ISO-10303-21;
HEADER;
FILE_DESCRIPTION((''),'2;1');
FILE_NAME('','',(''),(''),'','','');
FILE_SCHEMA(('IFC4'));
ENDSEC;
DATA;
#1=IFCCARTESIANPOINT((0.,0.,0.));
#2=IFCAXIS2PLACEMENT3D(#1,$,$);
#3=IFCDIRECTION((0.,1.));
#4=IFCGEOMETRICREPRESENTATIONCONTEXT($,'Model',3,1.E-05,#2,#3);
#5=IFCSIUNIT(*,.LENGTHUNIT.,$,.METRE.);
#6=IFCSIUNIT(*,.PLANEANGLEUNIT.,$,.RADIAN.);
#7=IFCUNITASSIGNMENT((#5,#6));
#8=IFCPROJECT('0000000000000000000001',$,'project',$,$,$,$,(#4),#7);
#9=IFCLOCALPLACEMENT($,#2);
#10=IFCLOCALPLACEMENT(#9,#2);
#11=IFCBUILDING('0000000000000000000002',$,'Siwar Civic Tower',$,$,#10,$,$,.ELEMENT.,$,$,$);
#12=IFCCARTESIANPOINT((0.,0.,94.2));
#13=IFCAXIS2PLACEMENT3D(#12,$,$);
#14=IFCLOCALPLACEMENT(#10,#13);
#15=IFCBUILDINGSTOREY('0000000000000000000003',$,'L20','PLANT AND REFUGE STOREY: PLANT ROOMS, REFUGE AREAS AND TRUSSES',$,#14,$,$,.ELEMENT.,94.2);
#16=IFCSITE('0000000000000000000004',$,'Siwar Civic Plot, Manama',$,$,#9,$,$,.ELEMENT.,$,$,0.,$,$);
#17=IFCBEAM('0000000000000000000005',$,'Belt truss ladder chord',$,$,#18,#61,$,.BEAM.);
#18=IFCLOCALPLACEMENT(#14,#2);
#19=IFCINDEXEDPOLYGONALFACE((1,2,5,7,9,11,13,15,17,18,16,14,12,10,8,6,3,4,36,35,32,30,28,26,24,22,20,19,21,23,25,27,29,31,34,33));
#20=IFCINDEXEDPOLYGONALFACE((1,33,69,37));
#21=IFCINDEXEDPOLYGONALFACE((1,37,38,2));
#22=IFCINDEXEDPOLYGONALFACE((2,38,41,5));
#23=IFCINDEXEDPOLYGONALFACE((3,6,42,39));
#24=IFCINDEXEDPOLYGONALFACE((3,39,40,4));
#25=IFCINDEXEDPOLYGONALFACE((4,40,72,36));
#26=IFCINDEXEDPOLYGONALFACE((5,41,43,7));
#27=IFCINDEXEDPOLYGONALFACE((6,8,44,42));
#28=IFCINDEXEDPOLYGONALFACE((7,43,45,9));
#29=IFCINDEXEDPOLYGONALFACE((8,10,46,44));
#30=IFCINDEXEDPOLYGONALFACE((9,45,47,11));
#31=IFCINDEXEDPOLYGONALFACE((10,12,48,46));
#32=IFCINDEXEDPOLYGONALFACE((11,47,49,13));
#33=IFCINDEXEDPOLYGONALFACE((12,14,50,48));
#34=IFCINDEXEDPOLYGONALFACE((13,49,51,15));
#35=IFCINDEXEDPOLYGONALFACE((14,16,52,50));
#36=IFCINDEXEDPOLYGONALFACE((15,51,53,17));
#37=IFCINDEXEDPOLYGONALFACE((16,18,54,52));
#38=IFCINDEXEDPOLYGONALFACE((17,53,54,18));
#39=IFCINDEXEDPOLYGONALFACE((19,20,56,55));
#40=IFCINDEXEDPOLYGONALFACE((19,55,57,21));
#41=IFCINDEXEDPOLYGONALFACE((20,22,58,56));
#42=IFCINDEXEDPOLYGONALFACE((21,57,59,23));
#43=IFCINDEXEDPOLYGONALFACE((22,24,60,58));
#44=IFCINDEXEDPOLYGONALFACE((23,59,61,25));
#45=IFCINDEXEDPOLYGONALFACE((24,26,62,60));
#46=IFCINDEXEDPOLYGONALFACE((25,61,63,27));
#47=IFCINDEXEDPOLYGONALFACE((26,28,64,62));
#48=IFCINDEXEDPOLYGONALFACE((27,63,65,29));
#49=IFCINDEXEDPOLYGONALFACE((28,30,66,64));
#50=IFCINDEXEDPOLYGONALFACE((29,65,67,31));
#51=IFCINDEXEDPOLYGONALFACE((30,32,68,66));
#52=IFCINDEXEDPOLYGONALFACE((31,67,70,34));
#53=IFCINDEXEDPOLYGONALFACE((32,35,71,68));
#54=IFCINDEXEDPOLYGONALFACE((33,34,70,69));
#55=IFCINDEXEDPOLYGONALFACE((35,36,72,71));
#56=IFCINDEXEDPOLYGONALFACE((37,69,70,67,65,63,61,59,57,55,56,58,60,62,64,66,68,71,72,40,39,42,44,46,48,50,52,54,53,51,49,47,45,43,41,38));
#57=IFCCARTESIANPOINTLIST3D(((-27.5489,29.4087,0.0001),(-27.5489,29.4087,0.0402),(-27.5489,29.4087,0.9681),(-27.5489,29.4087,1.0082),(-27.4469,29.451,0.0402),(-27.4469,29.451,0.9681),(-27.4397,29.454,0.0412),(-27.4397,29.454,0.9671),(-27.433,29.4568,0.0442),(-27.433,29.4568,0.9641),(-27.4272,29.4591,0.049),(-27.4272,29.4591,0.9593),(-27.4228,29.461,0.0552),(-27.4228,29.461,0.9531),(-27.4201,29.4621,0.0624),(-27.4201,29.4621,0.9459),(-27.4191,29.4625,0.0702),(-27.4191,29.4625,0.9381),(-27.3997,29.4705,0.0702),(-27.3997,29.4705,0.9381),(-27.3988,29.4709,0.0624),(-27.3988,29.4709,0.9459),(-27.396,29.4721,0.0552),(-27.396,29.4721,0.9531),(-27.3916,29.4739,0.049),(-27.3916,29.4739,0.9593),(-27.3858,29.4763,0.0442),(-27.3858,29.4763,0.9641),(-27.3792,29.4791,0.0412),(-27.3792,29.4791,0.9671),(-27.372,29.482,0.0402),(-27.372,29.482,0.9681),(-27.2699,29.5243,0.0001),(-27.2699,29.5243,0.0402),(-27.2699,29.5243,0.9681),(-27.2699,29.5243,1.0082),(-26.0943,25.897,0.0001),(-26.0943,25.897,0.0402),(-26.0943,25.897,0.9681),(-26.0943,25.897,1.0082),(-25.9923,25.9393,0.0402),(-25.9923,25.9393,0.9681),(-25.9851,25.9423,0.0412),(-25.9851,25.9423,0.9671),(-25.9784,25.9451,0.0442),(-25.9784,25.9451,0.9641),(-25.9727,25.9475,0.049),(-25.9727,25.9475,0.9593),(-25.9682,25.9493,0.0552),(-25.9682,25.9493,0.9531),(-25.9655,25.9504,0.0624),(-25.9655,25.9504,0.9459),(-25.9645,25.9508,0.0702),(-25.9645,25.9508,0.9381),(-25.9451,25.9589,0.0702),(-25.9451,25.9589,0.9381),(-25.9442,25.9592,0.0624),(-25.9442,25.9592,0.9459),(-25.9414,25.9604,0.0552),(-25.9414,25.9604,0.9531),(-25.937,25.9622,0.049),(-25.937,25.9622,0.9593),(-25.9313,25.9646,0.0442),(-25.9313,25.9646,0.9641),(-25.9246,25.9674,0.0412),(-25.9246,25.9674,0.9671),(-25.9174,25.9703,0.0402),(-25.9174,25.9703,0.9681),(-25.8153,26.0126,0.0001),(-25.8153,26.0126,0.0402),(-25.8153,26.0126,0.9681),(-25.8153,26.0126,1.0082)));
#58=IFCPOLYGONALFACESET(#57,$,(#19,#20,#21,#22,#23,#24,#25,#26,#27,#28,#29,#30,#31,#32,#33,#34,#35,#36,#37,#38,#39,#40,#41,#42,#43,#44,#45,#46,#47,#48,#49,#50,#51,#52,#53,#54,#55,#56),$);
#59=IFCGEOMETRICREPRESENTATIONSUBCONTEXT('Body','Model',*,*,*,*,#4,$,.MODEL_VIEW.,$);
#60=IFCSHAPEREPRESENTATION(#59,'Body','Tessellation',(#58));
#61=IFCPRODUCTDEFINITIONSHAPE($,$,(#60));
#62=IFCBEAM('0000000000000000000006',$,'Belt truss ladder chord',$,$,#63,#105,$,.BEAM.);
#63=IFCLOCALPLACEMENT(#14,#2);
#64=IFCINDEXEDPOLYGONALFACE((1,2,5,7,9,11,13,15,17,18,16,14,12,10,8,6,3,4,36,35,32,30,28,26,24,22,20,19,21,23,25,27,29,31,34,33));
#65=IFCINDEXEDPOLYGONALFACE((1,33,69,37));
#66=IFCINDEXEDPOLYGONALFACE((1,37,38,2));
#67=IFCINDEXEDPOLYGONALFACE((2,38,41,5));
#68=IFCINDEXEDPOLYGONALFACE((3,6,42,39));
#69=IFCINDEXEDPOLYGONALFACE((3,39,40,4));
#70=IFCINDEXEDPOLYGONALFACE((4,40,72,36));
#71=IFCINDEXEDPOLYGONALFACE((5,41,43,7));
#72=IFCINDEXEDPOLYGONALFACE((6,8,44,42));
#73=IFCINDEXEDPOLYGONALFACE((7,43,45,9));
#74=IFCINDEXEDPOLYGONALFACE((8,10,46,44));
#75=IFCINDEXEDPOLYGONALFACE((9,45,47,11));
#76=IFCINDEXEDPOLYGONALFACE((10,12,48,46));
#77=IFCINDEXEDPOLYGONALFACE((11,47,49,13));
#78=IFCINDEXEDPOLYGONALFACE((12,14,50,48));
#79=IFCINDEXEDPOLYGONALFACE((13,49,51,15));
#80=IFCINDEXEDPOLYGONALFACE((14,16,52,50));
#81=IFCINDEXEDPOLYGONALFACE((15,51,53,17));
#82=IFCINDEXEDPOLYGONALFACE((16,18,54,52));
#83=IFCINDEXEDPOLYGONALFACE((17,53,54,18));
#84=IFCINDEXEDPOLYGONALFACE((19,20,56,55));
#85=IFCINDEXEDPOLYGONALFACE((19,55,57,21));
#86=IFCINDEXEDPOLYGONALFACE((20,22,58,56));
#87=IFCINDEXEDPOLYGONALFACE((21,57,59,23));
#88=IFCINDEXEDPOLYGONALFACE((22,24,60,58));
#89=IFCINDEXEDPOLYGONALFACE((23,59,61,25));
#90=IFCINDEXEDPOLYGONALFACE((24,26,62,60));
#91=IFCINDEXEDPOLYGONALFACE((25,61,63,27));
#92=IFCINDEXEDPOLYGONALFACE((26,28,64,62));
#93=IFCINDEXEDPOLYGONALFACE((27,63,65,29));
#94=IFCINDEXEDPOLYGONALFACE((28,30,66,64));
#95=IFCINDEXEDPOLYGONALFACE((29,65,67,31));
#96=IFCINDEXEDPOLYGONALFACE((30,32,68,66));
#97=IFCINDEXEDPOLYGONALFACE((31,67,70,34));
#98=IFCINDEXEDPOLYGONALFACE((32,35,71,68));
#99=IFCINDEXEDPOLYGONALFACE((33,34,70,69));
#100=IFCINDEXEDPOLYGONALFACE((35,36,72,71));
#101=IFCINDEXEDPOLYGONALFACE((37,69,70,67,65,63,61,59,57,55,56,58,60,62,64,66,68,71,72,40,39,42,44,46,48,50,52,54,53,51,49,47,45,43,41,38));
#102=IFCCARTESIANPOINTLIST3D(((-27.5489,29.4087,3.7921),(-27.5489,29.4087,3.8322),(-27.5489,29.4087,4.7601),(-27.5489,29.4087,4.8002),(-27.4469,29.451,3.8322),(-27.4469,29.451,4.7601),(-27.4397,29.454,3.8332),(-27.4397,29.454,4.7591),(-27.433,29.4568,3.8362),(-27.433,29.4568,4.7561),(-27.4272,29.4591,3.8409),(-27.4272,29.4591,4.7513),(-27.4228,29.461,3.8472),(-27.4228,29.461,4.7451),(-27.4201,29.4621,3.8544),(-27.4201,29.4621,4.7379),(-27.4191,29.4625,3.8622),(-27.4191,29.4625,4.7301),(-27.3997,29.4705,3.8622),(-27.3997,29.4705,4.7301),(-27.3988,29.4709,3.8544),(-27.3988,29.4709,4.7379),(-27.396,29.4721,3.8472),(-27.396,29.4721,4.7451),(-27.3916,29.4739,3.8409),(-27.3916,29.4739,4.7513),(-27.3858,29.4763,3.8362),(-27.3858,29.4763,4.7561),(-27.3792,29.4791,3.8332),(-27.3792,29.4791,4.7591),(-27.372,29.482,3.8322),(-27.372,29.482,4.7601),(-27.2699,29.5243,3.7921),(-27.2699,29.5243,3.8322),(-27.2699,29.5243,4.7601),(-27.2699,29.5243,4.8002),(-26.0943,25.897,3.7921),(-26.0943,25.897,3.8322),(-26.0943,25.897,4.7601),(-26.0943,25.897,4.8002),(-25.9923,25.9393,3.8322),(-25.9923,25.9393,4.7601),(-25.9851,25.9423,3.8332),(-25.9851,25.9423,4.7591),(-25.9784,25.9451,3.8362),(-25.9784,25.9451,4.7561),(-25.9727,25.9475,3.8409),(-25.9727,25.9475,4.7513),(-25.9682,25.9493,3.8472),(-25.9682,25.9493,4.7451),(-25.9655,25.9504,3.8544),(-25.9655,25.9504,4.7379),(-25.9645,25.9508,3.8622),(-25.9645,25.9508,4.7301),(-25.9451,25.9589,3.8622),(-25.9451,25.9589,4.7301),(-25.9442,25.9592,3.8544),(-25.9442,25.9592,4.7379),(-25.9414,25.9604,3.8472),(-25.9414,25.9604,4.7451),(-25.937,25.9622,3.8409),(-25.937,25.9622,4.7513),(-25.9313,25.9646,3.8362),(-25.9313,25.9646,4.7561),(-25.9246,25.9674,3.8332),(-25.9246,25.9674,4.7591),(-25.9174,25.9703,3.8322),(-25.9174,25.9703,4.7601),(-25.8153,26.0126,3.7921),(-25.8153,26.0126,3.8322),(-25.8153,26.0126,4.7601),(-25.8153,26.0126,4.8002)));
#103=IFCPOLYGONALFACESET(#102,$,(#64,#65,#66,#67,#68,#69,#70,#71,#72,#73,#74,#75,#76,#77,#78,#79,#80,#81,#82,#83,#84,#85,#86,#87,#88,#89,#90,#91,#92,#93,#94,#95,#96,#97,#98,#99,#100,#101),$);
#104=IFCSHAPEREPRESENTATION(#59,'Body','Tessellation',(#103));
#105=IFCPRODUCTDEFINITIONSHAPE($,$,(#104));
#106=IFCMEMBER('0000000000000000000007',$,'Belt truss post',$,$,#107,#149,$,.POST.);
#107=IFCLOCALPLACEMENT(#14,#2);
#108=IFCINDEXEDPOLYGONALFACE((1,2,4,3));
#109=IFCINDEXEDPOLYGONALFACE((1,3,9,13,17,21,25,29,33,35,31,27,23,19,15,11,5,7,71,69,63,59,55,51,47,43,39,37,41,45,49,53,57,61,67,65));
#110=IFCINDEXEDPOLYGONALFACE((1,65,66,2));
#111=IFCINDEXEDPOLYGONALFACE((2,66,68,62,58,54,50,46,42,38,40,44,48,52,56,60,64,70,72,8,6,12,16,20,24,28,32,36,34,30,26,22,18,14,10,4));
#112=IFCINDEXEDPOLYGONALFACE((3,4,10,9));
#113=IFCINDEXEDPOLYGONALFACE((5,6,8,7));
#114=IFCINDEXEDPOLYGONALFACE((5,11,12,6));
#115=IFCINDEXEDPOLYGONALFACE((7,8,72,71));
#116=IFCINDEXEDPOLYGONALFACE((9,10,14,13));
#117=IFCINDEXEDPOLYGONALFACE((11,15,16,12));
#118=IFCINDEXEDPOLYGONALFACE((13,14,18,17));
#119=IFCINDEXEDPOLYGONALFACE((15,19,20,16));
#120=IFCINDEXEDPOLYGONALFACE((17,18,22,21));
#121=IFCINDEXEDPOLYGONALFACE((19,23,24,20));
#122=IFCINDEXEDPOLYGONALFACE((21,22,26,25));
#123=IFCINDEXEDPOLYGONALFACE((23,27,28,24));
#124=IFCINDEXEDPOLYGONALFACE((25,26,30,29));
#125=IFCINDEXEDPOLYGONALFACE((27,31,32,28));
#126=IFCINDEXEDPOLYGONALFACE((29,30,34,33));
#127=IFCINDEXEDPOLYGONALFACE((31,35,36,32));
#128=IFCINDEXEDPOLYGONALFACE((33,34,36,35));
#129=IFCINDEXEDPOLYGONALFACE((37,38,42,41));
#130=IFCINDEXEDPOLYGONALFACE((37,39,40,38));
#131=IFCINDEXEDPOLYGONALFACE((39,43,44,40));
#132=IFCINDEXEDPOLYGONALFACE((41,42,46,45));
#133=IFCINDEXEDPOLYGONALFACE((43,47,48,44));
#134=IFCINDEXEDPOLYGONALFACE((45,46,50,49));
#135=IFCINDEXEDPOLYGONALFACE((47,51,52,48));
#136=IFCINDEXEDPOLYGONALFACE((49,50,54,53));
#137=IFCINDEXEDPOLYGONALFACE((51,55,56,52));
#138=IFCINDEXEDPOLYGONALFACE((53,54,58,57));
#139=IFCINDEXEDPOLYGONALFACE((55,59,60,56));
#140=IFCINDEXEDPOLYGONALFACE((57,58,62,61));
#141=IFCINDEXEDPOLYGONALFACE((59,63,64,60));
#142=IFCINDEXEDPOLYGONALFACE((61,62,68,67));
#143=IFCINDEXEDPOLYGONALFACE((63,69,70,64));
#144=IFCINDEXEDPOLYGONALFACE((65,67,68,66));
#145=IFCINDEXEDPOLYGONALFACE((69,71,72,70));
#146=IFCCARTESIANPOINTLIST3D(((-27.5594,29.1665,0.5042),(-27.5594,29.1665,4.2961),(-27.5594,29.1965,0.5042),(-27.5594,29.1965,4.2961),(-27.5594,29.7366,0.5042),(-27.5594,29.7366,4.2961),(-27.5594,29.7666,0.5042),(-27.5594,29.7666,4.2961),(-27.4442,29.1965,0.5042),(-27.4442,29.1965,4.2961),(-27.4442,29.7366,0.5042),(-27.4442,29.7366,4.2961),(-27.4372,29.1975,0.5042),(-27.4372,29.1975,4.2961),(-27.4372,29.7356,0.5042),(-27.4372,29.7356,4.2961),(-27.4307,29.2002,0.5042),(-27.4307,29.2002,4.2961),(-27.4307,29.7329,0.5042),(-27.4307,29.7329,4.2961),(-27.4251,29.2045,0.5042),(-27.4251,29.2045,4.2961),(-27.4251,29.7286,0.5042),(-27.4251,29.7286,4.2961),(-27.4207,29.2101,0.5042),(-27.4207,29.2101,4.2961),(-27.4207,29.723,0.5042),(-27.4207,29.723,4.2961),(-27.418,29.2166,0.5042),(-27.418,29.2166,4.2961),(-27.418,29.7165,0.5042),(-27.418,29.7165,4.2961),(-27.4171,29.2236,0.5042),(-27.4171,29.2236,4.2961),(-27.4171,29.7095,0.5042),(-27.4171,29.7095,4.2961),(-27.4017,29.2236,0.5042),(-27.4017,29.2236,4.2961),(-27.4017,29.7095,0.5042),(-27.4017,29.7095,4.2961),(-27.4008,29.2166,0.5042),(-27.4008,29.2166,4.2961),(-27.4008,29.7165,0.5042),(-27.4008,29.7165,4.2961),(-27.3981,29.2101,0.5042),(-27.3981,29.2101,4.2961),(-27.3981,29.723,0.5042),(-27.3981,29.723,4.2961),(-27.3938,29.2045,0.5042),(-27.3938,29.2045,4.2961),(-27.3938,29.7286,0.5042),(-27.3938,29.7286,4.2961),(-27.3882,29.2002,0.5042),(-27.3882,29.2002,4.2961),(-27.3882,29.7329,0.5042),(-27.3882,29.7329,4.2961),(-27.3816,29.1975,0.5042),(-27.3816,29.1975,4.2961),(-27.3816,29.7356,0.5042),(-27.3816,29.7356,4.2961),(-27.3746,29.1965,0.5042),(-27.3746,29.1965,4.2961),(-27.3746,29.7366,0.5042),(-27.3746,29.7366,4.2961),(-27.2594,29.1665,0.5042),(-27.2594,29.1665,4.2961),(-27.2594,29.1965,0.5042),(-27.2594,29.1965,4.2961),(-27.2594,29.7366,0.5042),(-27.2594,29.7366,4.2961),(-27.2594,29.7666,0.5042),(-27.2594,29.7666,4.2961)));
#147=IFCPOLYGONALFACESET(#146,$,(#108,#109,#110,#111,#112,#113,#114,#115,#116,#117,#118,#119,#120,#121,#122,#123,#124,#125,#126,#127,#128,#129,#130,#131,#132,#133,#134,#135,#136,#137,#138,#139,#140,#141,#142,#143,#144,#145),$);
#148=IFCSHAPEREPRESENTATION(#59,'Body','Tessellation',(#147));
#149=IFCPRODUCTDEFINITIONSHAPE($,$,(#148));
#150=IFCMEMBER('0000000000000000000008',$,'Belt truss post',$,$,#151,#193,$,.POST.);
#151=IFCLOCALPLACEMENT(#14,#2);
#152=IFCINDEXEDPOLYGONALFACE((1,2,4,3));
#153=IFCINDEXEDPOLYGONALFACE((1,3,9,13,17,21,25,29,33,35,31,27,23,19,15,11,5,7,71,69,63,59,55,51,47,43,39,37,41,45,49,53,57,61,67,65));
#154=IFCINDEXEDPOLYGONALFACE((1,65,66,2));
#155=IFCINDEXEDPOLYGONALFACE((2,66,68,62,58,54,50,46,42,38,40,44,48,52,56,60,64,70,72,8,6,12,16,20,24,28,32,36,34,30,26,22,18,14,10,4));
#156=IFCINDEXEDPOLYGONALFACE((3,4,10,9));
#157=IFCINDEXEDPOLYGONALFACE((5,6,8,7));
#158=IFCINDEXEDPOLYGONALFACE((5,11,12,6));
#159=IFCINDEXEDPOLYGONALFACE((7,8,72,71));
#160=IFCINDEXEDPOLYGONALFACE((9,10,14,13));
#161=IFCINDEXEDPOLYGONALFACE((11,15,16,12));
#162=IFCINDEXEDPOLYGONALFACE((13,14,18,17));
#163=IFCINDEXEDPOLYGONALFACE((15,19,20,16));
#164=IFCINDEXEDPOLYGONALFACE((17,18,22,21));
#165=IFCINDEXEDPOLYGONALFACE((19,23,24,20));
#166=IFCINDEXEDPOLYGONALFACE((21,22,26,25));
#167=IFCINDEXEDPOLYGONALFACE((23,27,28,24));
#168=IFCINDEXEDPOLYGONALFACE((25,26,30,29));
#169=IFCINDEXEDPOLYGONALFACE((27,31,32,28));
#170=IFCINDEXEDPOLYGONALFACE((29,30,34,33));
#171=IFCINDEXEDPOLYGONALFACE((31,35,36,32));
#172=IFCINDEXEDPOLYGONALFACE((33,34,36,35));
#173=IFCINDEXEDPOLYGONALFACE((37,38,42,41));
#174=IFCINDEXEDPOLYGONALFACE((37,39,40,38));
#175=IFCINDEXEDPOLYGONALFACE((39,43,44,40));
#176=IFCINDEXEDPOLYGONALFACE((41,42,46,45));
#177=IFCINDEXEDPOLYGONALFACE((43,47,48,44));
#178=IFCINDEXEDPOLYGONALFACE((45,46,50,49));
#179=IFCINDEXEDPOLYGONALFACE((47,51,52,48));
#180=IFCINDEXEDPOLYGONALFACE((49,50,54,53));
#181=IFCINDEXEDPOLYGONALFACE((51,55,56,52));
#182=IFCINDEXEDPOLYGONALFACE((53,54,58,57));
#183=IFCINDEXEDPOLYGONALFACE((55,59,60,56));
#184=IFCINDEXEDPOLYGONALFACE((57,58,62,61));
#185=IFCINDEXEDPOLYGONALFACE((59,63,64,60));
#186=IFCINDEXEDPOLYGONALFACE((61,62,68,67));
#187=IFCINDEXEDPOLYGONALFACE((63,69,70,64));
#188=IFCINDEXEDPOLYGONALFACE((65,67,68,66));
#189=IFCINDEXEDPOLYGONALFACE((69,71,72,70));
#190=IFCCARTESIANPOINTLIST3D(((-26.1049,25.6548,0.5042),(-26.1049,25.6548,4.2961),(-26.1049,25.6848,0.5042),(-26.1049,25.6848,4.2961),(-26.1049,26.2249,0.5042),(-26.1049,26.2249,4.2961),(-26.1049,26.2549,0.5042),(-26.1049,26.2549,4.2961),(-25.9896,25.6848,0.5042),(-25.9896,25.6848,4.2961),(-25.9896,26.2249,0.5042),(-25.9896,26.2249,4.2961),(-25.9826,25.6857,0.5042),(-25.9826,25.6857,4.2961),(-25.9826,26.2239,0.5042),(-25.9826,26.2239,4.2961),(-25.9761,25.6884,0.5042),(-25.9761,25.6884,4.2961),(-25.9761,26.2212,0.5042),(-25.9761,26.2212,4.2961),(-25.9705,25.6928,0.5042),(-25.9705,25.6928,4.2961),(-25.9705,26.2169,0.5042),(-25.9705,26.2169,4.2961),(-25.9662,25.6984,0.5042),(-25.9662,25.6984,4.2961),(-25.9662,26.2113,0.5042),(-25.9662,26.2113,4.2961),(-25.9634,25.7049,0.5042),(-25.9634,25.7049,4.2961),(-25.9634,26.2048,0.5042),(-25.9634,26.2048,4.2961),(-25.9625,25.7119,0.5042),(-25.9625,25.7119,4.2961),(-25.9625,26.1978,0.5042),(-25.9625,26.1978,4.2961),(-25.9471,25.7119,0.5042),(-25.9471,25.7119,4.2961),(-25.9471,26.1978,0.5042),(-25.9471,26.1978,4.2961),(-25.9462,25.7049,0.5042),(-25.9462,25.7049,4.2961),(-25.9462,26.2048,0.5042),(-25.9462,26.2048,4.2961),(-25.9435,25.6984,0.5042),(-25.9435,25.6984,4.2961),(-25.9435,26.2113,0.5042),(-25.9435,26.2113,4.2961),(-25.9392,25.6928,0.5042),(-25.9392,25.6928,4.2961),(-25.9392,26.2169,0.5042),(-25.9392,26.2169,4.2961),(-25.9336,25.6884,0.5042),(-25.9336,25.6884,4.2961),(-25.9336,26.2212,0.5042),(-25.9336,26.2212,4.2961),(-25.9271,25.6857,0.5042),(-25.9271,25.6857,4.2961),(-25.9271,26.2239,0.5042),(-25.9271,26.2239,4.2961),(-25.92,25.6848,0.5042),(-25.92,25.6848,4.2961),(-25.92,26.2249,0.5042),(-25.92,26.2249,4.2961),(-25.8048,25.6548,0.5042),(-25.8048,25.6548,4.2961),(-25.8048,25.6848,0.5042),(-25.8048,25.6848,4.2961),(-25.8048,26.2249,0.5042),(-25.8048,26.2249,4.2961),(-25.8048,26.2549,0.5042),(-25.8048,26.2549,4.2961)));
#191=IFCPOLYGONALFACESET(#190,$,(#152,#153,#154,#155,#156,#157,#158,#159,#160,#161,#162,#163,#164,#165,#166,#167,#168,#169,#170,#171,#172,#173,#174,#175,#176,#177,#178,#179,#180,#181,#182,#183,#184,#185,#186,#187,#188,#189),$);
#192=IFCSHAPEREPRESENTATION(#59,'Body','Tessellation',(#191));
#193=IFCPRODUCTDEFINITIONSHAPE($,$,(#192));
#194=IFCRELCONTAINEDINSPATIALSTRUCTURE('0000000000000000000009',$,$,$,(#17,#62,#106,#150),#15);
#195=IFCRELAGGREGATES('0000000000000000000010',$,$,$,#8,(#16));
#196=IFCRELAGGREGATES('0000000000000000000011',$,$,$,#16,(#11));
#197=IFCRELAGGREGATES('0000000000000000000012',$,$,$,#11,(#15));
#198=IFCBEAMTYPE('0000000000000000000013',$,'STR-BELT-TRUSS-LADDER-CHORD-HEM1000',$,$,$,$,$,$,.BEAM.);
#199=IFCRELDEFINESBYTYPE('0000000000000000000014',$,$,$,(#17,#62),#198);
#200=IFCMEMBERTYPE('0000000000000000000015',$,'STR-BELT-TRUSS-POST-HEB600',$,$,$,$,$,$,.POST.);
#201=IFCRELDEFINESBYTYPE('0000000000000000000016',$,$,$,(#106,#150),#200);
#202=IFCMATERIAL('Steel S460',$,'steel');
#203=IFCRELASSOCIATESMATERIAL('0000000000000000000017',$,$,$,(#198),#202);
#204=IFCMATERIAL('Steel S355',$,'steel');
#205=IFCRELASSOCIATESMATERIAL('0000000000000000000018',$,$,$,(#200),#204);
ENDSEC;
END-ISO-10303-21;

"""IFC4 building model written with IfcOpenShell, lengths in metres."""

from ifc_helpers import new_model, si_unit, direction, frame, origin, origin_2d, place, context, subcontext, project, spatial, i_section, extrude, material, material_profile, profile_set, type_object, element, save


model = new_model("IFC4")

# Units and contexts
model_context = context("Model", 3, precision=1e-05, world=origin(), true_north=direction((0.0, 1.0)))
body_context = subcontext(model_context, "Body", "Model", "MODEL_VIEW")
ifc_project = project(units=[si_unit("LENGTHUNIT", "METRE"), si_unit("PLANEANGLEUNIT", "RADIAN")], contexts=[model_context])

# Site, building, storey
site_placement = place(None, origin())
site = spatial("IfcSite", under=ifc_project, at=site_placement, Name="Siwar Civic Plot, Manama", CompositionType="ELEMENT", RefElevation=0.0)
building_placement = place(site_placement, origin())
building = spatial("IfcBuilding", under=site, at=building_placement, Name="Siwar Civic Tower", CompositionType="ELEMENT")
storey_placement = place(building_placement, frame((0.0, 0.0, 94.2)))
storey = spatial("IfcBuildingStorey", under=building, at=storey_placement, Name="L20", Description="PLANT AND REFUGE STOREY: PLANT ROOMS, REFUGE AREAS AND TRUSSES", CompositionType="ELEMENT", Elevation=94.2)

# Beams
ifc_material_1 = material(Name="Steel S460", Category="steel")
ifc_material_profile_1 = material_profile(ifc_material_1, i_section(OverallWidth=0.302, OverallDepth=1.0081, WebThickness=0.021, FlangeThickness=0.04, FilletRadius=0.03, at=origin_2d()), Name="HEM1000")
ifc_profile_set_1 = profile_set([ifc_material_profile_1], Name="Steel S460")
beam_type_1 = type_object("IfcBeamType", Name="STR-BELT-TRUSS-LADDER-CHORD-HEM1000", PredefinedType="BEAM", material=ifc_profile_set_1)
for number, where, z_axis, x_axis, name in (
    (1, (-25.9548, 25.9548, 0.5042), (-0.382681, 0.923881, 0.0), (-0.923881, -0.382681, 0.0), "Belt truss ladder chord"),
    (2, (-25.9548, 25.9548, 4.2961), (-0.382681, 0.923881, 0.0), (-0.923881, -0.382681, 0.0), "Belt truss ladder chord"),
):
    element("IfcBeam", number, at=place(storey_placement, frame(where, z_axis=z_axis, x_axis=x_axis)), inside=storey, type_object=beam_type_1, Name=name, PredefinedType="BEAM", context=body_context, shape_type="SweptSolid", body=[
        extrude(i_section(OverallWidth=0.302, OverallDepth=1.0081, WebThickness=0.021, FlangeThickness=0.04, FilletRadius=0.03, at=origin_2d()), origin(), (0.0, 0.0, 1.0), 3.801),
    ])

# Members
ifc_material_2 = material(Name="Steel S355", Category="steel")
ifc_material_profile_2 = material_profile(ifc_material_2, i_section(OverallWidth=0.3, OverallDepth=0.6001, WebThickness=0.0154, FlangeThickness=0.03, FilletRadius=0.0271, at=origin_2d()), Name="HEB600")
ifc_profile_set_2 = profile_set([ifc_material_profile_2], Name="Steel S355")
member_type_1 = type_object("IfcMemberType", Name="STR-BELT-TRUSS-POST-HEB600", PredefinedType="POST", material=ifc_profile_set_2)
for number, where, z_axis, x_axis, name in (
    (3, (-27.4094, 29.4666, 0.5042), (0.0, 0.0, 1.0), (1.0, 0.0, 0.0), "Belt truss post"),
    (4, (-25.9548, 25.9548, 0.5042), (0.0, 0.0, 1.0), (1.0, 0.0, 0.0), "Belt truss post"),
):
    element("IfcMember", number, at=place(storey_placement, frame(where, z_axis=z_axis, x_axis=x_axis)), inside=storey, type_object=member_type_1, Name=name, PredefinedType="POST", context=body_context, shape_type="SweptSolid", body=[
        extrude(i_section(OverallWidth=0.3, OverallDepth=0.6001, WebThickness=0.0154, FlangeThickness=0.03, FilletRadius=0.0271, at=origin_2d()), origin(), (0.0, 0.0, 1.0), 3.792),
    ])

save(model, "model.ifc")
